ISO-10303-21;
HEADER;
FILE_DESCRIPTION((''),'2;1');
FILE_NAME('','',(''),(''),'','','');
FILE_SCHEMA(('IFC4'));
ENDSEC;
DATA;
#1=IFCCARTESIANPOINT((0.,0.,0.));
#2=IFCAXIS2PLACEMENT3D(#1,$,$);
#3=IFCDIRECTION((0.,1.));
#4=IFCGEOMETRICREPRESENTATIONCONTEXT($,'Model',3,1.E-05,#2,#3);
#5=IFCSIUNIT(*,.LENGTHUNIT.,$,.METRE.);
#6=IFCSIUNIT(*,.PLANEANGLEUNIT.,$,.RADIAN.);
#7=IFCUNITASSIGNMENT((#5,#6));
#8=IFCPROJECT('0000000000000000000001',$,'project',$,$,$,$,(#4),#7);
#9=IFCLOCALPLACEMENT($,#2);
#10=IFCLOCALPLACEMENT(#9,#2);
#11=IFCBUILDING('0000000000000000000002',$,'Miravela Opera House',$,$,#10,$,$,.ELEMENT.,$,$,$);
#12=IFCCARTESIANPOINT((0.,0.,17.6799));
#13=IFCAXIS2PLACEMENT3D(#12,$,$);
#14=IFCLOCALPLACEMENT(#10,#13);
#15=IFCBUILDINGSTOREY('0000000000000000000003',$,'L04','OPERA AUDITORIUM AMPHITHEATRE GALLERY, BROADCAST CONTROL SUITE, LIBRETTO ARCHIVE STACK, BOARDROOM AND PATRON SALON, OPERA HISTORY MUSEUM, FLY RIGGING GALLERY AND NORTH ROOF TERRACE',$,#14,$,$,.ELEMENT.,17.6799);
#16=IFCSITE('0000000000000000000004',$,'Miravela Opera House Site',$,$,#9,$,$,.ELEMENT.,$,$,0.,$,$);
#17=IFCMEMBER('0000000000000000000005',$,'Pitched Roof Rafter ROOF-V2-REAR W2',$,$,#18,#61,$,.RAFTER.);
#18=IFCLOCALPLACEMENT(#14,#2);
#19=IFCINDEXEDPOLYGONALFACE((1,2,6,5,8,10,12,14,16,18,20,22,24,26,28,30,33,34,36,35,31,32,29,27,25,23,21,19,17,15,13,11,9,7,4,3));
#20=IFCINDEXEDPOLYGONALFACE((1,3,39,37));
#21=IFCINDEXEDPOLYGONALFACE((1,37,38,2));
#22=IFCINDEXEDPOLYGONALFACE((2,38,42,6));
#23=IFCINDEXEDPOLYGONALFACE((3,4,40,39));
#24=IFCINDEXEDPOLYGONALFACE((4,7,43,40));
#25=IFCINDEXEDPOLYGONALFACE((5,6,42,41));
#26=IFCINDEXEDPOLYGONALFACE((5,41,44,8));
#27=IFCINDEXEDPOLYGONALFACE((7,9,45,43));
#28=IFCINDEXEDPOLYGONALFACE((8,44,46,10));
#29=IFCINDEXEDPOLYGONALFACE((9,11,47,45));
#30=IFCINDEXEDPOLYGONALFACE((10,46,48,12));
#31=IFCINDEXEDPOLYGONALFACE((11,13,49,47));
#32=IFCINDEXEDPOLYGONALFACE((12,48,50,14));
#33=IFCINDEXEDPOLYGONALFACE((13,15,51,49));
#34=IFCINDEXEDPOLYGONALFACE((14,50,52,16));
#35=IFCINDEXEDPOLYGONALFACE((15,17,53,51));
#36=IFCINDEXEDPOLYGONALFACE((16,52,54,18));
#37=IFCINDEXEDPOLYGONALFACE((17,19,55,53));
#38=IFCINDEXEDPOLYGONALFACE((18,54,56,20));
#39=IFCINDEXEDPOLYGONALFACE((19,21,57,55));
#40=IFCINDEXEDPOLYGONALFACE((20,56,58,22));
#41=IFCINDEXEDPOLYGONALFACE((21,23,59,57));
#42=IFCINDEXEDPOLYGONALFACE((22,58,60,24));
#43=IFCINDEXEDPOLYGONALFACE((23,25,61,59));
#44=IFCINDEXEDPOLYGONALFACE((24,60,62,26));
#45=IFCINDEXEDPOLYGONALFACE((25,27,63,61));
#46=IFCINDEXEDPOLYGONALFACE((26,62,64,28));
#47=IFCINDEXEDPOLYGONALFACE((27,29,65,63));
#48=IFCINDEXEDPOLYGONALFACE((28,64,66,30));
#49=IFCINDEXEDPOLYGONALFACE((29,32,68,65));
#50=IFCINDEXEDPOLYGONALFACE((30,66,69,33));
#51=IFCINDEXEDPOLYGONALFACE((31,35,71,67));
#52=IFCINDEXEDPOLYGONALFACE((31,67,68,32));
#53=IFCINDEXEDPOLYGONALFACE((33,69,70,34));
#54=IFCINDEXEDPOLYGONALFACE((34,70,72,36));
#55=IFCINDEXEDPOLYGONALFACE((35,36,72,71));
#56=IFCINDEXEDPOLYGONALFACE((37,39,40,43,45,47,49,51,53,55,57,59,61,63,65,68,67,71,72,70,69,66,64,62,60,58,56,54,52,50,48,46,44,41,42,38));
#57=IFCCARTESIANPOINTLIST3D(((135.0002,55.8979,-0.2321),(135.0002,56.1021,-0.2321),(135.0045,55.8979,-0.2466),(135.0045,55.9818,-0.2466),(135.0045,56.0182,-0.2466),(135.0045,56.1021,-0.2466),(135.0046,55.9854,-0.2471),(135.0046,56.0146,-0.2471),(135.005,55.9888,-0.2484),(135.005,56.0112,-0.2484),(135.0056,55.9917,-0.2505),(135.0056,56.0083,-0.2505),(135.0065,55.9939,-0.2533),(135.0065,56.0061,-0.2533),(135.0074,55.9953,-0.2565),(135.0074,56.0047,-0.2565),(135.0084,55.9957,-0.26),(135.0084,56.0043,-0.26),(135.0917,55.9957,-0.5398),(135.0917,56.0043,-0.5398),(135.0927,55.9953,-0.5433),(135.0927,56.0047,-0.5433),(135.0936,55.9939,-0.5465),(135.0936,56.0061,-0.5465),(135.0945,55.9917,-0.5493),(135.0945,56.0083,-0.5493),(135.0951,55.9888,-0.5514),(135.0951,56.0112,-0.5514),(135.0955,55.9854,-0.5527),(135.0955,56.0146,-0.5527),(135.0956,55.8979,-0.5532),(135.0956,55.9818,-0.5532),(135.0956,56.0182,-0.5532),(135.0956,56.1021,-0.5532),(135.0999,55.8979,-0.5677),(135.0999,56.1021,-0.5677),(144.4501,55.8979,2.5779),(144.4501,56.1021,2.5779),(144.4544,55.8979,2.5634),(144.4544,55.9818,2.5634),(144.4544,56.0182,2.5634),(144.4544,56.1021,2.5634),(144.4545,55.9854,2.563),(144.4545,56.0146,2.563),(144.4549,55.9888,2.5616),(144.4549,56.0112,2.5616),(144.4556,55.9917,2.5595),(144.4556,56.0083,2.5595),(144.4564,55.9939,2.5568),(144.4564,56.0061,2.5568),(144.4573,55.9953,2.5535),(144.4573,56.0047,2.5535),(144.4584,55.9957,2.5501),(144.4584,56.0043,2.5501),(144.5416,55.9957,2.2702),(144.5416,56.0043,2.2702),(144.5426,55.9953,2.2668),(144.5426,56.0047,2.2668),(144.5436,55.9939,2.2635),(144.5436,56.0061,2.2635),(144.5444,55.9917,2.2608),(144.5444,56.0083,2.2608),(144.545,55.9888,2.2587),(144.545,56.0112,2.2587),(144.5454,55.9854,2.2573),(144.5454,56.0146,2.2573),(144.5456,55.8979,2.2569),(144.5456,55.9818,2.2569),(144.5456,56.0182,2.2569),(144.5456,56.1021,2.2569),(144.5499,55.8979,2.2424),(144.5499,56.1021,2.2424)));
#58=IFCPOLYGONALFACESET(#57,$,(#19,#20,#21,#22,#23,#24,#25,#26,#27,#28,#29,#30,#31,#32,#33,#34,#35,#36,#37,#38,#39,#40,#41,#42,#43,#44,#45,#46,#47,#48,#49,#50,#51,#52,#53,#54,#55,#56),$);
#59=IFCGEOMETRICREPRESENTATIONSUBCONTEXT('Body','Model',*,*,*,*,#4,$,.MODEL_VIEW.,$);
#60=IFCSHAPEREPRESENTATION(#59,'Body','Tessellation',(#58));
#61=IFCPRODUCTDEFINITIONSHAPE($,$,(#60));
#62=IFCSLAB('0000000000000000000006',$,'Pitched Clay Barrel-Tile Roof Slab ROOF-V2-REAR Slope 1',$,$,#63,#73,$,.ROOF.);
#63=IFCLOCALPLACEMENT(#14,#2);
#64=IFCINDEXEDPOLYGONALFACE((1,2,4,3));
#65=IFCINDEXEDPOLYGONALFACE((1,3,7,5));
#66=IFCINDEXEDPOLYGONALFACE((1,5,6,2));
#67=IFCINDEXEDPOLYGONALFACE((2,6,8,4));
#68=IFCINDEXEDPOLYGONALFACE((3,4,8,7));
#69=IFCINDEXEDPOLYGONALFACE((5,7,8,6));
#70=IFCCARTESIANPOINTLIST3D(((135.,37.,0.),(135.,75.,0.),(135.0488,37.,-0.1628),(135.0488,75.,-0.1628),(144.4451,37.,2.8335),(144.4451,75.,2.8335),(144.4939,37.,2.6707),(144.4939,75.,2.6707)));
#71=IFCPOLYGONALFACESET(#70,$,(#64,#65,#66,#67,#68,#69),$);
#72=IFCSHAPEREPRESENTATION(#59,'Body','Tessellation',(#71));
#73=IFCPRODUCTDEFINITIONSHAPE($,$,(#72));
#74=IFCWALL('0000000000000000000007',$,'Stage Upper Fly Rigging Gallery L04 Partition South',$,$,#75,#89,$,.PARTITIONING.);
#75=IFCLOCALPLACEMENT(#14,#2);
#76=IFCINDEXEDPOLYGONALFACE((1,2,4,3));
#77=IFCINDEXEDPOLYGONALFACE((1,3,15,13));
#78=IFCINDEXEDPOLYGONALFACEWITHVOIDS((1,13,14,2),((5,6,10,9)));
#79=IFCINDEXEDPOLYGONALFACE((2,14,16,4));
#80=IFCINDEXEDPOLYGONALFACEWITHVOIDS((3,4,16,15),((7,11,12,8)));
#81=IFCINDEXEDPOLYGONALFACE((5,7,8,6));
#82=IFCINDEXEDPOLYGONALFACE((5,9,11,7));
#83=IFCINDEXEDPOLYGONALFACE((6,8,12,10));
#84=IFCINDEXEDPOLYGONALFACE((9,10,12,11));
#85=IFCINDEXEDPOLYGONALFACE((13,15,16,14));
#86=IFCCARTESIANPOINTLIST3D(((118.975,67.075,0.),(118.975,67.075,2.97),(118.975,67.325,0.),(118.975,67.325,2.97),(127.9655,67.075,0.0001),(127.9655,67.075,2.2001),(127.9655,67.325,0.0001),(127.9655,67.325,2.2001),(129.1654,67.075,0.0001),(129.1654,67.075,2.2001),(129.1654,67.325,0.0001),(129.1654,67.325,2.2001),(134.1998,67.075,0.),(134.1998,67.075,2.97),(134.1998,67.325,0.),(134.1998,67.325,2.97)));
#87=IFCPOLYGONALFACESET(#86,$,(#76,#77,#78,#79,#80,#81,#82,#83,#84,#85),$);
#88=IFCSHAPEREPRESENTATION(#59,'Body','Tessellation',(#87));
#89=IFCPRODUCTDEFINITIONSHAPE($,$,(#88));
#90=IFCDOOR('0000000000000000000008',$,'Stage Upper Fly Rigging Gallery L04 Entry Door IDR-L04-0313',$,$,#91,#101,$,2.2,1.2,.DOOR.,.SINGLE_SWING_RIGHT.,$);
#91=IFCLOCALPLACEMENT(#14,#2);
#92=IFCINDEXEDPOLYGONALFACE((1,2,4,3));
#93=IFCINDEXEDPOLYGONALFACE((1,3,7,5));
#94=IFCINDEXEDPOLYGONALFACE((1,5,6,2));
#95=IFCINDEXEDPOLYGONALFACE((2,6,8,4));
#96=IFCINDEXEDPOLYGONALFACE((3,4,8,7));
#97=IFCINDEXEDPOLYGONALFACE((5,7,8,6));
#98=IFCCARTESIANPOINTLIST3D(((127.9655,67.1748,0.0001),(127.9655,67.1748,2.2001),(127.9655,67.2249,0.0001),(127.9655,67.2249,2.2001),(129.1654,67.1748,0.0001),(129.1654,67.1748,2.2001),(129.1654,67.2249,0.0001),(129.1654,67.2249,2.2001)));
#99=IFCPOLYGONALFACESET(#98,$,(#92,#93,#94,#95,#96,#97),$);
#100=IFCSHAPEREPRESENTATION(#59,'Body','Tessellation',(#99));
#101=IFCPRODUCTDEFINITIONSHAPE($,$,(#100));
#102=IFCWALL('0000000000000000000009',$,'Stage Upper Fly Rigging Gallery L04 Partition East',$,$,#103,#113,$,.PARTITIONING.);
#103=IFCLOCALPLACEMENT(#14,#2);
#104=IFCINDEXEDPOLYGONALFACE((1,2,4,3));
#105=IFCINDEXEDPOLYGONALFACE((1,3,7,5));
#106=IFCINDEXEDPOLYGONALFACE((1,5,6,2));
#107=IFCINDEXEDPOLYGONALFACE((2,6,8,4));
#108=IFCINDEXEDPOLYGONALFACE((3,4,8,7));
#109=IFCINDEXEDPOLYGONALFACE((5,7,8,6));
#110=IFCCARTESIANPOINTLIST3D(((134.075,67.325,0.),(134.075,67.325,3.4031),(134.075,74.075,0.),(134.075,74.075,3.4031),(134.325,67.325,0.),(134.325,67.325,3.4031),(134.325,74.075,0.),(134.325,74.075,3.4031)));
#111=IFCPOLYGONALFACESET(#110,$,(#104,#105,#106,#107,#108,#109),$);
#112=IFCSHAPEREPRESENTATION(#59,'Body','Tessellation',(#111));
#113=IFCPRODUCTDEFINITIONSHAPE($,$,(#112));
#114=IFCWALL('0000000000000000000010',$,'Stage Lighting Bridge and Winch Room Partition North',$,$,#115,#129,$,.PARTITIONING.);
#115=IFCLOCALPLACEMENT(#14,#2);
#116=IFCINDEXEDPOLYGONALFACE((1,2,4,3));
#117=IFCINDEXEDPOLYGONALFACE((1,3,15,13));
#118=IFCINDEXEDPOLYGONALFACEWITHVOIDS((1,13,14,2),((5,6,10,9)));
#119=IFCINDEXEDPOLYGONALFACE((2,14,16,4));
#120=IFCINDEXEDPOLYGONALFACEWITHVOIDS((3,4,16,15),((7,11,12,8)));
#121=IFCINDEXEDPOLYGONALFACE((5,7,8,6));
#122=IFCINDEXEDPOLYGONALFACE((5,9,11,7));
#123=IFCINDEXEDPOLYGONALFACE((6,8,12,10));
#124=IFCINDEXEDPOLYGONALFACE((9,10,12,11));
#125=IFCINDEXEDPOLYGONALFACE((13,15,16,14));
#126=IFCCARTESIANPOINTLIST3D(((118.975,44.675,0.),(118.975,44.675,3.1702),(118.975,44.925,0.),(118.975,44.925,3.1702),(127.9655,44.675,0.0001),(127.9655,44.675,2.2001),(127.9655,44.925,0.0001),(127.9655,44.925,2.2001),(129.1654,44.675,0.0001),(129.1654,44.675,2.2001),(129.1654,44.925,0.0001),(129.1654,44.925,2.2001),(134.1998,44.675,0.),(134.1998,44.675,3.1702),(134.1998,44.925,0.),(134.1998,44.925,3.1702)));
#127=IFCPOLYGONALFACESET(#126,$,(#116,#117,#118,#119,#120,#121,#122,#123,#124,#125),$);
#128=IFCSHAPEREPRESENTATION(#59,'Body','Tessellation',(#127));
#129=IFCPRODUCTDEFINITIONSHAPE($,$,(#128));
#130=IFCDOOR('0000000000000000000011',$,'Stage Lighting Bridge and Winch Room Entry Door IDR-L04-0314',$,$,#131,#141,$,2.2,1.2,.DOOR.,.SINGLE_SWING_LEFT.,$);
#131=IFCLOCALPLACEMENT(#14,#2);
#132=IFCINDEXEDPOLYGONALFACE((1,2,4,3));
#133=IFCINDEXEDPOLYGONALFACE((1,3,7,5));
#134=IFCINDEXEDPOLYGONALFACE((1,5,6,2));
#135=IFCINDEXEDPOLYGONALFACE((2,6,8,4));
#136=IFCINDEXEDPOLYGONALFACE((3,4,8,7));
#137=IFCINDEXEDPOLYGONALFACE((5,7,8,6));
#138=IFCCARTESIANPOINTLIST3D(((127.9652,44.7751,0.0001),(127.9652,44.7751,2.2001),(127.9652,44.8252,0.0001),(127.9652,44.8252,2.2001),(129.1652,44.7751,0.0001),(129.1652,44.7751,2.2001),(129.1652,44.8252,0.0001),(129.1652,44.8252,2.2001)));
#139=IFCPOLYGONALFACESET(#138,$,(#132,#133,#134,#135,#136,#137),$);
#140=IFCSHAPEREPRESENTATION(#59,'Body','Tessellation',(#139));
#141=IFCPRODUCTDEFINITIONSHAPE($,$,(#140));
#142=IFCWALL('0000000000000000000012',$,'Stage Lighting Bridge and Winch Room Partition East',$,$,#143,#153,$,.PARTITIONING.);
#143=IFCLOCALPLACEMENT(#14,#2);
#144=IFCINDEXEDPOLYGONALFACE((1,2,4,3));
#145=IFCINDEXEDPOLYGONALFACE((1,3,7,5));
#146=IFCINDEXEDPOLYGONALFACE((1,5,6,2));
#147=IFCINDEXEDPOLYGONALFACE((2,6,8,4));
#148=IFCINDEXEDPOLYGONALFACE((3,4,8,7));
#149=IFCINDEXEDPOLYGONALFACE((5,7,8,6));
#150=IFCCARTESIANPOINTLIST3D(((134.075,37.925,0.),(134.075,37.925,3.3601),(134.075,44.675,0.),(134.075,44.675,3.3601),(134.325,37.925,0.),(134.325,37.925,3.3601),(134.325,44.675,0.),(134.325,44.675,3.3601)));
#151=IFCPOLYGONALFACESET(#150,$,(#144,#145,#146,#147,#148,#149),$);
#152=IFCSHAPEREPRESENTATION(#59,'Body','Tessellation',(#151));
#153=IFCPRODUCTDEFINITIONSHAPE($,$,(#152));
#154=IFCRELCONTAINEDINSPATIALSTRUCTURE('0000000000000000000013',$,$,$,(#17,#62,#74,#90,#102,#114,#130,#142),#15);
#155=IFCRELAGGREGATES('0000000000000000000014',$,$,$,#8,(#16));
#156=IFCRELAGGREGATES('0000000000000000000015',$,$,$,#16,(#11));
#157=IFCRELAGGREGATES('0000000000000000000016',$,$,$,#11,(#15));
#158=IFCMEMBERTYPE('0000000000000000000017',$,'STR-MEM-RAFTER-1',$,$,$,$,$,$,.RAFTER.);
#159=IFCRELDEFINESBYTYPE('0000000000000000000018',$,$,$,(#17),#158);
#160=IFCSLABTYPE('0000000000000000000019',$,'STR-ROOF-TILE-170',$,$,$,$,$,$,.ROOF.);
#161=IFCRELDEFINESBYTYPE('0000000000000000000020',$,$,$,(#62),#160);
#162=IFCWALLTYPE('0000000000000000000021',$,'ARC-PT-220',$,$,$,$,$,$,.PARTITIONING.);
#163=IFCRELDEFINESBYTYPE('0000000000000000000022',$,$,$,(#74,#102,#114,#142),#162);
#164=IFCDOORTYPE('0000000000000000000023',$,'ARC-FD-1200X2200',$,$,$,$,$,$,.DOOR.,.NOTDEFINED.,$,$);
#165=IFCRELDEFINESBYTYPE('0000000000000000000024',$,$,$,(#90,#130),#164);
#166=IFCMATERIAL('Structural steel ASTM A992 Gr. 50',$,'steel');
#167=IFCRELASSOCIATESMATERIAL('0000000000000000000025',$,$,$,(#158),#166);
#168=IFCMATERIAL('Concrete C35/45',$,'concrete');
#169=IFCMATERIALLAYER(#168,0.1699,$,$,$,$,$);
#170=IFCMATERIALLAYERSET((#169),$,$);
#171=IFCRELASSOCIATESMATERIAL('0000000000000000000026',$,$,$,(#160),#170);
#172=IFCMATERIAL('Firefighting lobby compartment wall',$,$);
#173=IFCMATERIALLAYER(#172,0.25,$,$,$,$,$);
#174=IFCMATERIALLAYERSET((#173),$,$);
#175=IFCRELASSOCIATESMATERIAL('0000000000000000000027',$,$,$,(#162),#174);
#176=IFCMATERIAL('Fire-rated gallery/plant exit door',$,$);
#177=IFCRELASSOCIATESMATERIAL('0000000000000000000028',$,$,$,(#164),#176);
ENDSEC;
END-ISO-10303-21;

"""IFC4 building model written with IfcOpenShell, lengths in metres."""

from ifc_helpers import new_model, si_unit, direction, frame, frame_2d, origin, origin_2d, place, context, subcontext, project, spatial, polyline, rectangle, i_section, outline, extrude, material, layer, layer_set, material_profile, profile_set, type_object, element, fill, save


model = new_model("IFC4")

# Units and contexts
model_context = context("Model", 3, precision=1e-05, world=origin(), true_north=direction((0.0, 1.0)))
body_context = subcontext(model_context, "Body", "Model", "MODEL_VIEW")
ifc_project = project(units=[si_unit("LENGTHUNIT", "METRE"), si_unit("PLANEANGLEUNIT", "RADIAN")], contexts=[model_context])

# Site, building, storey
site_placement = place(None, origin())
site = spatial("IfcSite", under=ifc_project, at=site_placement, Name="Miravela Opera House Site", CompositionType="ELEMENT", RefElevation=0.0)
building_placement = place(site_placement, origin())
building = spatial("IfcBuilding", under=site, at=building_placement, Name="Miravela Opera House", CompositionType="ELEMENT")
storey_placement = place(building_placement, frame((0.0, 0.0, 17.6799)))
storey = spatial("IfcBuildingStorey", under=building, at=storey_placement, Name="L04", Description="OPERA AUDITORIUM AMPHITHEATRE GALLERY, BROADCAST CONTROL SUITE, LIBRETTO ARCHIVE STACK, BOARDROOM AND PATRON SALON, OPERA HISTORY MUSEUM, FLY RIGGING GALLERY AND NORTH ROOF TERRACE", CompositionType="ELEMENT", Elevation=17.6799)

# Shared definitions
ifc_material_1 = material(Name="Concrete C35/45", Category="concrete")

# Shared definitions
ifc_material_2 = material(Name="Structural steel ASTM A992 Gr. 50", Category="steel")

# Member
ifc_material_profile_1 = material_profile(ifc_material_2, i_section(OverallWidth=0.2041, OverallDepth=0.3501, WebThickness=0.0085, FlangeThickness=0.0151, FilletRadius=0.0139, at=origin_2d()), Name="W360X72")
ifc_profile_set_1 = profile_set([ifc_material_profile_1])
member_type = type_object("IfcMemberType", Name="STR-MEM-RAFTER-1", PredefinedType="RAFTER", material=ifc_profile_set_1)
for number, where, z_axis, x_axis, name in (
    (1, (135.05, 56.0, -0.3999), (0.958519, 0.0, 0.285027), (0.0, 1.0, 0.0), "Pitched Roof Rafter ROOF-V2-REAR W2"),
):
    element("IfcMember", number, at=place(storey_placement, frame(where, z_axis=z_axis, x_axis=x_axis)), inside=storey, type_object=member_type, Name=name, PredefinedType="RAFTER", context=body_context, shape_type="SweptSolid", body=[
        extrude(i_section(OverallWidth=0.2041, OverallDepth=0.3501, WebThickness=0.0085, FlangeThickness=0.0151, FilletRadius=0.0139, at=origin_2d()), origin(), (0.0, 0.0, 1.0), 9.8589),
    ])

# Slab
ifc_layer_1 = layer(ifc_material_1, 0.1699)
ifc_layer_set_1 = layer_set([ifc_layer_1])
slab_type = type_object("IfcSlabType", Name="STR-ROOF-TILE-170", PredefinedType="ROOF", material=ifc_layer_set_1)
slab_placement = place(storey_placement, frame((135.0, 37.0, 0.0), z_axis=(-0.287346, 0.0, 0.957827), x_axis=(0.0, 1.0, 0.0)))
element("IfcSlab", 2, at=slab_placement, inside=storey, type_object=slab_type, Name="Pitched Clay Barrel-Tile Roof Slab ROOF-V2-REAR Slope 1", PredefinedType="ROOF", context=body_context, shape_type="SweptSolid", body=[
    extrude(outline(polyline([(0.0, 0.0), (38.0, 0.0), (38.0, -9.8609), (0.0, -9.8609), (0.0, 0.0)])), origin(), (0.0, 0.0, -1.0), 0.1699),
])

# Wall, opening, door
ifc_material_3 = material(Name="Firefighting lobby compartment wall")
ifc_layer_2 = layer(ifc_material_3, 0.25)
ifc_layer_set_2 = layer_set([ifc_layer_2])
wall_type = type_object("IfcWallType", Name="ARC-PT-220", PredefinedType="PARTITIONING", material=ifc_layer_set_2)
wall_1_placement = place(storey_placement, frame((118.9751, 67.2, 0.0), z_axis=(0.0, 0.0, 1.0), x_axis=(1.0, 0.0, 0.0)))
wall_1 = element("IfcWall", 3, at=wall_1_placement, inside=storey, type_object=wall_type, Name="Stage Upper Fly Rigging Gallery L04 Partition South", PredefinedType="PARTITIONING", context=body_context, shape_type="SweptSolid", body=[
    extrude(rectangle(XDim=15.2249, YDim=0.25, at=frame_2d((7.6123, 0.0))), origin(), (0.0, 0.0, 1.0), 2.97),
])
opening_1_placement = place(wall_1_placement, frame((8.9902, 0.0, 0.0)))
opening_1 = element("IfcOpeningElement", 4, at=opening_1_placement, cuts=wall_1, PredefinedType="OPENING", context=body_context, shape_type="SweptSolid", body=[
    extrude(rectangle(XDim=1.2, YDim=2.2, at=frame_2d((0.6001, 1.1001))), frame((0.0, 0.135, 0.0), z_axis=(0.0, -1.0, 0.0), x_axis=(1.0, 0.0, 0.0)), (0.0, 0.0, 1.0), 0.27),
])
ifc_material_4 = material(Name="Fire-rated gallery/plant exit door")
door_type = type_object("IfcDoorType", Name="ARC-FD-1200X2200", OperationType="NOTDEFINED", PredefinedType="DOOR", material=ifc_material_4)
door_1_placement = place(opening_1_placement, origin())
door_1 = element("IfcDoor", 5, at=door_1_placement, inside=storey, type_object=door_type, Name="Stage Upper Fly Rigging Gallery L04 Entry Door IDR-L04-0313", OperationType="SINGLE_SWING_RIGHT", OverallHeight=2.2, OverallWidth=1.2, PredefinedType="DOOR", context=body_context, shape_type="SweptSolid", body=[
    extrude(rectangle(XDim=1.2, YDim=2.2, at=frame_2d((0.6001, 1.1001))), frame((0.0, 0.0249, 0.0), z_axis=(0.0, -1.0, 0.0), x_axis=(1.0, 0.0, 0.0)), (0.0, 0.0, 1.0), 0.05),
])
fill(opening_1, door_1)

# Wall
wall_2_placement = place(storey_placement, frame((134.2, 67.325, 0.0), z_axis=(0.0, 0.0, 1.0), x_axis=(0.0, 1.0, 0.0)))
element("IfcWall", 6, at=wall_2_placement, inside=storey, type_object=wall_type, Name="Stage Upper Fly Rigging Gallery L04 Partition East", PredefinedType="PARTITIONING", context=body_context, shape_type="SweptSolid", body=[
    extrude(rectangle(XDim=6.75, YDim=0.25, at=frame_2d((3.375, 0.0))), origin(), (0.0, 0.0, 1.0), 3.4031),
])

# Wall, opening, door
wall_3_placement = place(storey_placement, frame((118.9751, 44.8, 0.0), z_axis=(0.0, 0.0, 1.0), x_axis=(1.0, 0.0, 0.0)))
wall_3 = element("IfcWall", 7, at=wall_3_placement, inside=storey, type_object=wall_type, Name="Stage Lighting Bridge and Winch Room Partition North", PredefinedType="PARTITIONING", context=body_context, shape_type="SweptSolid", body=[
    extrude(rectangle(XDim=15.2249, YDim=0.25, at=frame_2d((7.6123, 0.0))), origin(), (0.0, 0.0, 1.0), 3.1702),
])
opening_2_placement = place(wall_3_placement, frame((8.9902, 0.0, 0.0)))
opening_2 = element("IfcOpeningElement", 8, at=opening_2_placement, cuts=wall_3, PredefinedType="OPENING", context=body_context, shape_type="SweptSolid", body=[
    extrude(rectangle(XDim=1.2, YDim=2.2, at=frame_2d((0.6001, 1.1001))), frame((0.0, 0.135, 0.0), z_axis=(0.0, -1.0, 0.0), x_axis=(1.0, 0.0, 0.0)), (0.0, 0.0, 1.0), 0.27),
])
door_2_placement = place(opening_2_placement, frame((1.2, 0.0, 0.0), z_axis=(0.0, 0.0, 1.0), x_axis=(-1.0, 0.0, 0.0)))
door_2 = element("IfcDoor", 9, at=door_2_placement, inside=storey, type_object=door_type, Name="Stage Lighting Bridge and Winch Room Entry Door IDR-L04-0314", OperationType="SINGLE_SWING_LEFT", OverallHeight=2.2, OverallWidth=1.2, PredefinedType="DOOR", context=body_context, shape_type="SweptSolid", body=[
    extrude(rectangle(XDim=1.2, YDim=2.2, at=frame_2d((0.6001, 1.1001))), frame((0.0, 0.0249, 0.0), z_axis=(0.0, -1.0, 0.0), x_axis=(1.0, 0.0, 0.0)), (0.0, 0.0, 1.0), 0.05),
])
fill(opening_2, door_2)

# Wall
wall_4_placement = place(storey_placement, frame((134.2, 37.925, 0.0), z_axis=(0.0, 0.0, 1.0), x_axis=(0.0, 1.0, 0.0)))
element("IfcWall", 10, at=wall_4_placement, inside=storey, type_object=wall_type, Name="Stage Lighting Bridge and Winch Room Partition East", PredefinedType="PARTITIONING", context=body_context, shape_type="SweptSolid", body=[
    extrude(rectangle(XDim=6.75, YDim=0.25, at=frame_2d((3.375, 0.0))), origin(), (0.0, 0.0, 1.0), 3.3601),
])

save(model, "model.ifc")
